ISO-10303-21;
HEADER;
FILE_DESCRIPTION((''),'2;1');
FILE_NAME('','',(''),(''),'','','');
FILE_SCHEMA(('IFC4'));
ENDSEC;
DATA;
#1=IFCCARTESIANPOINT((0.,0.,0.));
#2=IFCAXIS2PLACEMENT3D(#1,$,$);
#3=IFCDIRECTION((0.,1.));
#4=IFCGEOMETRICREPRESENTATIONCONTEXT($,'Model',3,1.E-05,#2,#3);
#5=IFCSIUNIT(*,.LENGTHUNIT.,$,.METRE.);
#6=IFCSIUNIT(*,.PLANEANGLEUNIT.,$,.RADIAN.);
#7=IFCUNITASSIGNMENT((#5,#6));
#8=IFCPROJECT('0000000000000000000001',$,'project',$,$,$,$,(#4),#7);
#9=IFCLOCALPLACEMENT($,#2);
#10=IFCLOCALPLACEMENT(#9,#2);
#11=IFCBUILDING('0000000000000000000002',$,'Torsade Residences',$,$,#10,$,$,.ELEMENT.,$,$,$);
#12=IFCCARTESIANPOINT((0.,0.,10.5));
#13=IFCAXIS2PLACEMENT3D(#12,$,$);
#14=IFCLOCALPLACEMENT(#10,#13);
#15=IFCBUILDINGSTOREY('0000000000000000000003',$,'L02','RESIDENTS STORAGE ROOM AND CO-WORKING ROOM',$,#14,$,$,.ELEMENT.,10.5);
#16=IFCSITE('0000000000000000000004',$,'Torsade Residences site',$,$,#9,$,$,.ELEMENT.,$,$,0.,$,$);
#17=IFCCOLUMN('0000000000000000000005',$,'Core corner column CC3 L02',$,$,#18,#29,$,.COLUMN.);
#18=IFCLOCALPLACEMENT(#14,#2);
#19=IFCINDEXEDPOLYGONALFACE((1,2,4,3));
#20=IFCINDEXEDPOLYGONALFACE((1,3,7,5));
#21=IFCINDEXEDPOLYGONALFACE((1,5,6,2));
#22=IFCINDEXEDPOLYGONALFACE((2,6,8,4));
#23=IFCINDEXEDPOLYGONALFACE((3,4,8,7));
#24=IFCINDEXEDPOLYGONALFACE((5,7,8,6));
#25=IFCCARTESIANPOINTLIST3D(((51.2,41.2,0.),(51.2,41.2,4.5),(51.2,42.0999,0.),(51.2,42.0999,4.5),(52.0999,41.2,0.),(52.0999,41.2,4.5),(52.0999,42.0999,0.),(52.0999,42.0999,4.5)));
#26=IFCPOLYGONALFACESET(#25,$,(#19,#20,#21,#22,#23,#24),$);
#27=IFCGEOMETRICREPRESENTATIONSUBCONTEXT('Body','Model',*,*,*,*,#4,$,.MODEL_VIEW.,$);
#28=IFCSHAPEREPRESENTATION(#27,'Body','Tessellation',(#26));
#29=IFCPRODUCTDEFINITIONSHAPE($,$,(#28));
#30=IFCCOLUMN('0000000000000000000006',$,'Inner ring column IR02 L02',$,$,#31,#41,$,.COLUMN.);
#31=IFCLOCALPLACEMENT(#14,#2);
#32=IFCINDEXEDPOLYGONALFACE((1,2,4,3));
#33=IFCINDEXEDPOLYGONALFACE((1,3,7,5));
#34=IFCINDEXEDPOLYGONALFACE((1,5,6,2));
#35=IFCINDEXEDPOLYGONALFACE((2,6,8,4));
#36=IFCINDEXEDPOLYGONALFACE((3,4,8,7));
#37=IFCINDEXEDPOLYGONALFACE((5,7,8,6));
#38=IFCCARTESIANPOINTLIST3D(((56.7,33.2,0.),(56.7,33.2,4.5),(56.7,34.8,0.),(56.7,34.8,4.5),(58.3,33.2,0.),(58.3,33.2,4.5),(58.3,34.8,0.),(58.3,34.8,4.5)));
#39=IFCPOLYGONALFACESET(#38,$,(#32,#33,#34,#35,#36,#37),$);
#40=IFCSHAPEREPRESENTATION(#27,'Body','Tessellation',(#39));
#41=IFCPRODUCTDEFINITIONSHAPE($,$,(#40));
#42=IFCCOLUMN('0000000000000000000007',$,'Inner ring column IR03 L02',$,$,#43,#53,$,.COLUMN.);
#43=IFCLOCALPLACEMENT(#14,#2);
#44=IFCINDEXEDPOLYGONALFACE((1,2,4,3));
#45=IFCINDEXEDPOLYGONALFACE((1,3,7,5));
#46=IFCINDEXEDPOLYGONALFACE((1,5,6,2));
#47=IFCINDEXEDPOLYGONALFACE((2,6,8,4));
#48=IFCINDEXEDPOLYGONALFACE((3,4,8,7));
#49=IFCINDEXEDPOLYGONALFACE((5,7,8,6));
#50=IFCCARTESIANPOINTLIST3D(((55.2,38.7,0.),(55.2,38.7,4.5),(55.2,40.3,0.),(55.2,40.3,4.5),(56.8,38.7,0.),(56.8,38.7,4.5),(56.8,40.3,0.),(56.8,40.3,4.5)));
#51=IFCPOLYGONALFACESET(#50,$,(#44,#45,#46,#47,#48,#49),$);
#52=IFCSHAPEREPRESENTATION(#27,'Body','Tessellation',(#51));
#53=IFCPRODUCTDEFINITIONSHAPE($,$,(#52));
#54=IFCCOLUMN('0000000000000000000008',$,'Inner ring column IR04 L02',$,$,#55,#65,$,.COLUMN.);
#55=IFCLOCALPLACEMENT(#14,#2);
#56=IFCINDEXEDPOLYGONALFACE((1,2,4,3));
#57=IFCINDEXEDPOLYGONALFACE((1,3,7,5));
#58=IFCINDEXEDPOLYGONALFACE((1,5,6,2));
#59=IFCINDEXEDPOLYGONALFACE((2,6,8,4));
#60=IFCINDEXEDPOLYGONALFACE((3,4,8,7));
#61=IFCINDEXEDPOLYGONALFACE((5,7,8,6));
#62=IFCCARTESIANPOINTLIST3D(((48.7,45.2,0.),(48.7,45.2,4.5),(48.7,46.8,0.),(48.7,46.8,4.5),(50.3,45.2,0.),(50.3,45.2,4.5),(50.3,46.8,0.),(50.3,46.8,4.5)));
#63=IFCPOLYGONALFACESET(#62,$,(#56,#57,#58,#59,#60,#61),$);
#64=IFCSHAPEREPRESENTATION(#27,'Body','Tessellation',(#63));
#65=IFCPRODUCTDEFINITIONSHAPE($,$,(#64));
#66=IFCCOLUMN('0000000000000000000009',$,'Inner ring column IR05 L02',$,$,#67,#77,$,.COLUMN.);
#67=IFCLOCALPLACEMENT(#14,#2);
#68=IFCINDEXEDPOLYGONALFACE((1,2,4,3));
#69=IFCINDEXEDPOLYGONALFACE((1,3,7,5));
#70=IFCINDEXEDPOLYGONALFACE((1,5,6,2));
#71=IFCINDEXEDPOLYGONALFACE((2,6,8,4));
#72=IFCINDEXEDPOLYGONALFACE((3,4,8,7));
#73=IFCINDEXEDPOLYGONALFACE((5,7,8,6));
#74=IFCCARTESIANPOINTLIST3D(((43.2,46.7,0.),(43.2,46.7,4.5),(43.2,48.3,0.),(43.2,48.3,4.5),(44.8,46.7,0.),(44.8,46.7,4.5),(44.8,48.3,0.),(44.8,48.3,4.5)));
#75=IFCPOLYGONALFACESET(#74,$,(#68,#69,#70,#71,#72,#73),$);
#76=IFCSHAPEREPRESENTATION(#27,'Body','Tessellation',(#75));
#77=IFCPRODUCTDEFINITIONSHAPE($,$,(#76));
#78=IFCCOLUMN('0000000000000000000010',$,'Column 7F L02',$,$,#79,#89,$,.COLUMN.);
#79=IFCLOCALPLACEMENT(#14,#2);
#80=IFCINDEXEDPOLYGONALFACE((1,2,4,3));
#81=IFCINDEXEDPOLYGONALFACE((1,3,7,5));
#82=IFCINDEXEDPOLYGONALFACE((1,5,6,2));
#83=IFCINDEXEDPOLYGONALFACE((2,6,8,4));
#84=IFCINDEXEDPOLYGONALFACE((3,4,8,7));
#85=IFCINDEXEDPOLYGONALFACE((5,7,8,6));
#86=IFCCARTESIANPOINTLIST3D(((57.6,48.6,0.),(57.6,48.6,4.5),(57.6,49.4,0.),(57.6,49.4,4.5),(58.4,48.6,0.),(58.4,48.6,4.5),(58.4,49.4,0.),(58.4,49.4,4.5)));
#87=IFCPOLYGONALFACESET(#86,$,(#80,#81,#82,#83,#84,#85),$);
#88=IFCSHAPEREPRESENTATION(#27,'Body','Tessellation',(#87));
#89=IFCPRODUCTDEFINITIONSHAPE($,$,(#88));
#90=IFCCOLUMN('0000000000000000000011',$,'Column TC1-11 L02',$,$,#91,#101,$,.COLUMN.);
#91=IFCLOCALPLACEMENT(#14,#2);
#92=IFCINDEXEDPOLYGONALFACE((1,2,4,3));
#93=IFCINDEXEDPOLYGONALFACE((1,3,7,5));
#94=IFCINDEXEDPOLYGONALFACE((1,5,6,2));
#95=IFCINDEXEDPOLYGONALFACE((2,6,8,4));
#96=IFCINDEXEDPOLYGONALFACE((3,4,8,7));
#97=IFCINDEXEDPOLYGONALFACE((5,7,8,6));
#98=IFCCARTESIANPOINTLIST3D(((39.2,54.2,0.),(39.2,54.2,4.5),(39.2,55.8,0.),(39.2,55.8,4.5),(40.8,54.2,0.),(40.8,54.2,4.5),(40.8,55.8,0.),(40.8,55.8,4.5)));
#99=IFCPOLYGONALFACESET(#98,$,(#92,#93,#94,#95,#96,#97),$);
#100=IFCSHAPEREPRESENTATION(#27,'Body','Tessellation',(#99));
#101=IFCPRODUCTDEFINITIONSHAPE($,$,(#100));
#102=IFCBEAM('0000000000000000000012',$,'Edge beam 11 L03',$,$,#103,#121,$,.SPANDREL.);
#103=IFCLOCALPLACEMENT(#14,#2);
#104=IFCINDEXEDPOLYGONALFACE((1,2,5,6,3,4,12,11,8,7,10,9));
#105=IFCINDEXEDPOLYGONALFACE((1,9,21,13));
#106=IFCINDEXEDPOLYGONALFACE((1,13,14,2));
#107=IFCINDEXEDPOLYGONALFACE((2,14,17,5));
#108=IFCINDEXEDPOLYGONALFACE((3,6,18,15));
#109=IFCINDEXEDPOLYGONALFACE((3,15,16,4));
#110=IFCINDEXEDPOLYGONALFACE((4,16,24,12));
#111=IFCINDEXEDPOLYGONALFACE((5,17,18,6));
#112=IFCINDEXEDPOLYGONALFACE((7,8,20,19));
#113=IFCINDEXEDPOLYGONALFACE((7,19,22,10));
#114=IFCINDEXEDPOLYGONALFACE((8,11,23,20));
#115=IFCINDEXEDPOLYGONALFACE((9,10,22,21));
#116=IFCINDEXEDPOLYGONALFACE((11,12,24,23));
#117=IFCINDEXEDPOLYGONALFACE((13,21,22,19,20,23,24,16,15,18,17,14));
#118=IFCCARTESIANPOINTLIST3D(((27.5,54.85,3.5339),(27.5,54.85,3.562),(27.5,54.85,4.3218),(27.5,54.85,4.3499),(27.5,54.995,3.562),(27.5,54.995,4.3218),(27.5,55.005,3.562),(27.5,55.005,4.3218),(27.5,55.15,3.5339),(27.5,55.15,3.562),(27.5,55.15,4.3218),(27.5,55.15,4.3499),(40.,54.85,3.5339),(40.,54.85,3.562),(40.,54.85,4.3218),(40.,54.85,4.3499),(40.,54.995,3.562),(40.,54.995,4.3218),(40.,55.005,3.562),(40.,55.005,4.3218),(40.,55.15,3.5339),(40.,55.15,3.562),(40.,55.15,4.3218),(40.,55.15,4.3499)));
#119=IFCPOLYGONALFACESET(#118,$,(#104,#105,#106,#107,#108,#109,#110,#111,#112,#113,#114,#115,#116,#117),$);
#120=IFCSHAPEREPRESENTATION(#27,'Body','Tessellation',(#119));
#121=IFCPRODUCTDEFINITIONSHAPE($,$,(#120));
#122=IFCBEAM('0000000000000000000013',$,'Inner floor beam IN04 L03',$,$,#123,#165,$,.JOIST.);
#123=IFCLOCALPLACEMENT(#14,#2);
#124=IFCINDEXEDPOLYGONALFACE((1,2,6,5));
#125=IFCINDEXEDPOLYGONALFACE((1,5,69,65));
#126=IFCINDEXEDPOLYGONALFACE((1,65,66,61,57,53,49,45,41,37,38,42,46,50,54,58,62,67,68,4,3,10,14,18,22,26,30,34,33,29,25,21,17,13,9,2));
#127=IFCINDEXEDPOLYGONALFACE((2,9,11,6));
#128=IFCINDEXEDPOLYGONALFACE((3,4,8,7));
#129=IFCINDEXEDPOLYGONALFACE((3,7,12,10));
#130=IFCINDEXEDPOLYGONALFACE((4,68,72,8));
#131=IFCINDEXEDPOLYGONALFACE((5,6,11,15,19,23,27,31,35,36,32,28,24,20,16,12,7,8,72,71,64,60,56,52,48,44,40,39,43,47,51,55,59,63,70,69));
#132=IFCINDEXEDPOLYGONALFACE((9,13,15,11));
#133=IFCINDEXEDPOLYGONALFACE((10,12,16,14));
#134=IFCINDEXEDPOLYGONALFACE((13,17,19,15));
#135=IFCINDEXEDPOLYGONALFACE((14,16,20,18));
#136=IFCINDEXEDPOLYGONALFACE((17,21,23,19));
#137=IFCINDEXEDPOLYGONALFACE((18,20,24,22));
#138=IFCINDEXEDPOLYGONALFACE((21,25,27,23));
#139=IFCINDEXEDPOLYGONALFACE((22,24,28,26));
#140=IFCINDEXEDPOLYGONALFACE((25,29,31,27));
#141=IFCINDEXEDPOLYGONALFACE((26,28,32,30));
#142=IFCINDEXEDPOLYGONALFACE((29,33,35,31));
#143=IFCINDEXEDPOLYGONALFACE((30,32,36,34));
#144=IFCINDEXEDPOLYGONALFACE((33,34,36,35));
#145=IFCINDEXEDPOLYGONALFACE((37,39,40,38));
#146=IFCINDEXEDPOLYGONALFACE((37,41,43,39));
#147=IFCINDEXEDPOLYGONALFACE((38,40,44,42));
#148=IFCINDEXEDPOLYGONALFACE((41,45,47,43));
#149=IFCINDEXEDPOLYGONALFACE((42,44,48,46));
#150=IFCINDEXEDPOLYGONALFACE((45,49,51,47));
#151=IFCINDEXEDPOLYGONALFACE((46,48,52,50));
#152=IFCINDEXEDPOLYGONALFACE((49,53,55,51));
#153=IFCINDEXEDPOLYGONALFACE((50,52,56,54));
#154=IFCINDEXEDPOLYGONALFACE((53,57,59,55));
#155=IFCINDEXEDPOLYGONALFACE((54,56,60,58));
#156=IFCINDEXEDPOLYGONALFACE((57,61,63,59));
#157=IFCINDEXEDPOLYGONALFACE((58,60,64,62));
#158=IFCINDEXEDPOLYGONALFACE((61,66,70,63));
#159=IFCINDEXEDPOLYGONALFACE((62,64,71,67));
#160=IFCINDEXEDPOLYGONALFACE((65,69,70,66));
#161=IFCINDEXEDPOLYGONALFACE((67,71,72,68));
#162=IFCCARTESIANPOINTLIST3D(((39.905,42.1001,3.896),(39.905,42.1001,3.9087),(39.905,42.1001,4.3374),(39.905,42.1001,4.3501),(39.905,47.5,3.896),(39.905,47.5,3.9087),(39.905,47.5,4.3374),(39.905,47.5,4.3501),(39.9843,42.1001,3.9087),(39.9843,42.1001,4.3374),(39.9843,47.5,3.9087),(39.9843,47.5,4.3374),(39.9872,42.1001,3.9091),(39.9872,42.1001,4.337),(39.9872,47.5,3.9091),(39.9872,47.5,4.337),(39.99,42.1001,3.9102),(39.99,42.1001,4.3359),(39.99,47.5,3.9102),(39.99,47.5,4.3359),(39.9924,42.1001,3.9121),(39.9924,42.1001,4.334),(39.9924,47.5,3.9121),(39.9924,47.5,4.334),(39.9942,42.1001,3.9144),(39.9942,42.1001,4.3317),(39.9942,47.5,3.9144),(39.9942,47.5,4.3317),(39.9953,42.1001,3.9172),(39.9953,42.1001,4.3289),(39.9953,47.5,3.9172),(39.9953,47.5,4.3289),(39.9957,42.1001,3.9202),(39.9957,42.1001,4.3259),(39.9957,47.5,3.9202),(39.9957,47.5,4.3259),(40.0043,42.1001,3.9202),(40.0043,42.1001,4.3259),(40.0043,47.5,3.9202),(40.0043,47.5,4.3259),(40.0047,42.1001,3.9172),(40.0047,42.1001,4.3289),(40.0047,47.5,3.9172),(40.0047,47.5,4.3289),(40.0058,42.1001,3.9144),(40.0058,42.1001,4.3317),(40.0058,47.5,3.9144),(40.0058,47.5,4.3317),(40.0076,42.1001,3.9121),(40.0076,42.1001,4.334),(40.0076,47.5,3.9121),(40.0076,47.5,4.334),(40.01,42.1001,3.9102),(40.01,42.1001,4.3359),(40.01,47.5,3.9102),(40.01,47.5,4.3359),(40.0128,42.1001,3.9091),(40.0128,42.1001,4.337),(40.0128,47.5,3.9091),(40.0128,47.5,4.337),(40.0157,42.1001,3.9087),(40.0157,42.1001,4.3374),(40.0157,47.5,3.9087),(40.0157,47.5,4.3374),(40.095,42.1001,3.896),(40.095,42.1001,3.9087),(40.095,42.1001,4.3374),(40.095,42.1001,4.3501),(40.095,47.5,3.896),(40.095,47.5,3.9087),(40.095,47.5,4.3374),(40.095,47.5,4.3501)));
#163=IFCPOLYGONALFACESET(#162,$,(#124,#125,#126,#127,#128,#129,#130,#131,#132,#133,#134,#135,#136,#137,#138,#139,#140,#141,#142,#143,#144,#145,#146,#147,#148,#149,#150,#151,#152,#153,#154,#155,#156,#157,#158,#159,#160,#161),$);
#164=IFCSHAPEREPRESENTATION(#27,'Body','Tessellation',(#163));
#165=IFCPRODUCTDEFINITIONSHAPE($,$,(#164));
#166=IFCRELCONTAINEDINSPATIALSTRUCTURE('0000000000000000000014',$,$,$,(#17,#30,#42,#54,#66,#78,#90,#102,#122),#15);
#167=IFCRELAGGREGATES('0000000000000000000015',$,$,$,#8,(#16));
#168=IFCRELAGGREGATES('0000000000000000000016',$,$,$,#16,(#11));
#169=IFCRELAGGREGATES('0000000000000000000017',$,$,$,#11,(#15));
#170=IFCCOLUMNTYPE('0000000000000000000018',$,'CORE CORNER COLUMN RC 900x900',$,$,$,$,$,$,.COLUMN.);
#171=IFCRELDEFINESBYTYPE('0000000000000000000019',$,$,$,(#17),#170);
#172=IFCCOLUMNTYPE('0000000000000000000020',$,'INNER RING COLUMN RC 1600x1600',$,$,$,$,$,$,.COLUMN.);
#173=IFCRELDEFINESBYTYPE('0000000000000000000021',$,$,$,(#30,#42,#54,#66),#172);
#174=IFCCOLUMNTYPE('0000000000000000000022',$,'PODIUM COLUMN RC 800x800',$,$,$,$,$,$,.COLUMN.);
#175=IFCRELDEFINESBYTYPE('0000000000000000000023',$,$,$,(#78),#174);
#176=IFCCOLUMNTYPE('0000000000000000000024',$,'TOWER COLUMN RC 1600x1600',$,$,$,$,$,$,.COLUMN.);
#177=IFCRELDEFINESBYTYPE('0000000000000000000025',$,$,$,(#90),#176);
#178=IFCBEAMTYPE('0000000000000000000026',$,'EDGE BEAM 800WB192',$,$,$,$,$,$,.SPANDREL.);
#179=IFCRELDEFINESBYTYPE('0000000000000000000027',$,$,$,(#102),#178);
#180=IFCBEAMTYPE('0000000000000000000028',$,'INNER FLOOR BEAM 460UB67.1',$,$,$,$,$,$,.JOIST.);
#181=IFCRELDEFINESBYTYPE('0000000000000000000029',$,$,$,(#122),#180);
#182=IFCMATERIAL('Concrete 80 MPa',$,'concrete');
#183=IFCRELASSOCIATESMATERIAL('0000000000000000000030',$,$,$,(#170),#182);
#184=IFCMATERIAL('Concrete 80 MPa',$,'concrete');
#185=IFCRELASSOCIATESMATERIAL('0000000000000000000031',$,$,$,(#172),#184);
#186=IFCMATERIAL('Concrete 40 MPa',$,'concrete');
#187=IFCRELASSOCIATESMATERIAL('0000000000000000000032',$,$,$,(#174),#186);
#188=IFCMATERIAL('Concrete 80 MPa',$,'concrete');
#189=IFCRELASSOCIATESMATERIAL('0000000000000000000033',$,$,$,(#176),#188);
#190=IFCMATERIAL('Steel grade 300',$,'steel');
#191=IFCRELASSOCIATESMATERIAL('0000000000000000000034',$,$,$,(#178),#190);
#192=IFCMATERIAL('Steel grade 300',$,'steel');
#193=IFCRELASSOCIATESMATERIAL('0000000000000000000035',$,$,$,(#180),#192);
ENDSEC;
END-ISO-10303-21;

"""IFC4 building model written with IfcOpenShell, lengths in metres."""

from ifc_helpers import new_model, si_unit, direction, frame, origin, origin_2d, place, context, subcontext, project, spatial, rectangle, i_section, extrude, material, material_profile, profile_set, type_object, element, save


model = new_model("IFC4")

# Units and contexts
model_context = context("Model", 3, precision=1e-05, world=origin(), true_north=direction((0.0, 1.0)))
body_context = subcontext(model_context, "Body", "Model", "MODEL_VIEW")
ifc_project = project(units=[si_unit("LENGTHUNIT", "METRE"), si_unit("PLANEANGLEUNIT", "RADIAN")], contexts=[model_context])

# Site, building, storey
site_placement = place(None, origin())
site = spatial("IfcSite", under=ifc_project, at=site_placement, Name="Torsade Residences site", CompositionType="ELEMENT", RefElevation=0.0)
building_placement = place(site_placement, origin())
building = spatial("IfcBuilding", under=site, at=building_placement, Name="Torsade Residences", CompositionType="ELEMENT")
storey_placement = place(building_placement, frame((0.0, 0.0, 10.5)))
storey = spatial("IfcBuildingStorey", under=building, at=storey_placement, Name="L02", Description="RESIDENTS STORAGE ROOM AND CO-WORKING ROOM", CompositionType="ELEMENT", Elevation=10.5)

# Columns
ifc_material_1 = material(Name="Concrete 80 MPa", Category="concrete")
ifc_material_profile_1 = material_profile(ifc_material_1, rectangle(XDim=0.8999, YDim=0.8999, at=origin_2d()), Name="RC 900x900")
ifc_profile_set_1 = profile_set([ifc_material_profile_1], Name="Concrete 80 MPa")
column_type_1 = type_object("IfcColumnType", Name="CORE CORNER COLUMN RC 900x900", PredefinedType="COLUMN", material=ifc_profile_set_1)
column_1_placement = place(storey_placement, frame((51.6499, 41.6499, 0.0), z_axis=(0.0, 0.0, 1.0), x_axis=(1.0, 0.0, 0.0)))
element("IfcColumn", 1, at=column_1_placement, inside=storey, type_object=column_type_1, Name="Core corner column CC3 L02", PredefinedType="COLUMN", context=body_context, shape_type="SweptSolid", body=[
    extrude(rectangle(XDim=0.8999, YDim=0.8999, at=origin_2d()), origin(), (0.0, 0.0, 1.0), 4.5),
])
ifc_material_2 = material(Name="Concrete 80 MPa", Category="concrete")
ifc_material_profile_2 = material_profile(ifc_material_2, rectangle(XDim=1.6001, YDim=1.6001, at=origin_2d()), Name="RC 1600x1600")
ifc_profile_set_2 = profile_set([ifc_material_profile_2], Name="Concrete 80 MPa")
column_type_2 = type_object("IfcColumnType", Name="INNER RING COLUMN RC 1600x1600", PredefinedType="COLUMN", material=ifc_profile_set_2)
for number, where, z_axis, x_axis, name in (
    (2, (57.5, 34.0, 0.0), (0.0, 0.0, 1.0), (1.0, 0.0, 0.0), "Inner ring column IR02 L02"),
    (3, (56.0, 39.5, 0.0), (0.0, 0.0, 1.0), (1.0, 0.0, 0.0), "Inner ring column IR03 L02"),
    (4, (49.5, 46.0, 0.0), (0.0, 0.0, 1.0), (1.0, 0.0, 0.0), "Inner ring column IR04 L02"),
    (5, (44.0, 47.5, 0.0), (0.0, 0.0, 1.0), (1.0, 0.0, 0.0), "Inner ring column IR05 L02"),
):
    element("IfcColumn", number, at=place(storey_placement, frame(where, z_axis=z_axis, x_axis=x_axis)), inside=storey, type_object=column_type_2, Name=name, PredefinedType="COLUMN", context=body_context, shape_type="SweptSolid", body=[
        extrude(rectangle(XDim=1.6001, YDim=1.6001, at=origin_2d()), origin(), (0.0, 0.0, 1.0), 4.5),
    ])
ifc_material_3 = material(Name="Concrete 40 MPa", Category="concrete")
ifc_material_profile_3 = material_profile(ifc_material_3, rectangle(XDim=0.8, YDim=0.8, at=origin_2d()), Name="RC 800x800")
ifc_profile_set_3 = profile_set([ifc_material_profile_3], Name="Concrete 40 MPa")
column_type_3 = type_object("IfcColumnType", Name="PODIUM COLUMN RC 800x800", PredefinedType="COLUMN", material=ifc_profile_set_3)
column_2_placement = place(storey_placement, frame((58.0, 49.0, 0.0), z_axis=(0.0, 0.0, 1.0), x_axis=(1.0, 0.0, 0.0)))
element("IfcColumn", 6, at=column_2_placement, inside=storey, type_object=column_type_3, Name="Column 7F L02", PredefinedType="COLUMN", context=body_context, shape_type="SweptSolid", body=[
    extrude(rectangle(XDim=0.8, YDim=0.8, at=origin_2d()), origin(), (0.0, 0.0, 1.0), 4.5),
])
ifc_material_4 = material(Name="Concrete 80 MPa", Category="concrete")
ifc_material_profile_4 = material_profile(ifc_material_4, rectangle(XDim=1.6001, YDim=1.6001, at=origin_2d()), Name="RC 1600x1600")
ifc_profile_set_4 = profile_set([ifc_material_profile_4], Name="Concrete 80 MPa")
column_type_4 = type_object("IfcColumnType", Name="TOWER COLUMN RC 1600x1600", PredefinedType="COLUMN", material=ifc_profile_set_4)
column_3_placement = place(storey_placement, frame((40.0, 55.0, 0.0), z_axis=(0.0, 0.0, 1.0), x_axis=(1.0, 0.0, 0.0)))
element("IfcColumn", 7, at=column_3_placement, inside=storey, type_object=column_type_4, Name="Column TC1-11 L02", PredefinedType="COLUMN", context=body_context, shape_type="SweptSolid", body=[
    extrude(rectangle(XDim=1.6001, YDim=1.6001, at=origin_2d()), origin(), (0.0, 0.0, 1.0), 4.5),
])

# Beams
ifc_material_5 = material(Name="Steel grade 300", Category="steel")
ifc_material_profile_5 = material_profile(ifc_material_5, i_section(OverallWidth=0.3, OverallDepth=0.8159, WebThickness=0.01, FlangeThickness=0.0281, at=origin_2d()), Name="800WB192")
ifc_profile_set_5 = profile_set([ifc_material_profile_5], Name="Steel grade 300")
beam_type_1 = type_object("IfcBeamType", Name="EDGE BEAM 800WB192", PredefinedType="SPANDREL", material=ifc_profile_set_5)
beam_1_placement = place(storey_placement, frame((40.0, 55.0, 3.9419), z_axis=(-1.0, 0.0, 0.0), x_axis=(0.0, -1.0, 0.0)))
element("IfcBeam", 8, at=beam_1_placement, inside=storey, type_object=beam_type_1, Name="Edge beam 11 L03", PredefinedType="SPANDREL", context=body_context, shape_type="SweptSolid", body=[
    extrude(i_section(OverallWidth=0.3, OverallDepth=0.8159, WebThickness=0.01, FlangeThickness=0.0281, at=origin_2d()), origin(), (0.0, 0.0, 1.0), 12.5),
])
ifc_material_6 = material(Name="Steel grade 300", Category="steel")
ifc_material_profile_6 = material_profile(ifc_material_6, i_section(OverallWidth=0.1899, OverallDepth=0.4541, WebThickness=0.0085, FlangeThickness=0.0127, FilletRadius=0.0115, at=origin_2d()), Name="460UB67.1")
ifc_profile_set_6 = profile_set([ifc_material_profile_6], Name="Steel grade 300")
beam_type_2 = type_object("IfcBeamType", Name="INNER FLOOR BEAM 460UB67.1", PredefinedType="JOIST", material=ifc_profile_set_6)
for number, where, z_axis, x_axis, name in (
    (9, (40.0, 42.1001, 4.123), (0.0, 1.0, 0.0), (-1.0, 0.0, 0.0), "Inner floor beam IN04 L03"),
):
    element("IfcBeam", number, at=place(storey_placement, frame(where, z_axis=z_axis, x_axis=x_axis)), inside=storey, type_object=beam_type_2, Name=name, PredefinedType="JOIST", context=body_context, shape_type="SweptSolid", body=[
        extrude(i_section(OverallWidth=0.1899, OverallDepth=0.4541, WebThickness=0.0085, FlangeThickness=0.0127, FilletRadius=0.0115, at=origin_2d()), origin(), (0.0, 0.0, 1.0), 5.3999),
    ])

save(model, "model.ifc")
